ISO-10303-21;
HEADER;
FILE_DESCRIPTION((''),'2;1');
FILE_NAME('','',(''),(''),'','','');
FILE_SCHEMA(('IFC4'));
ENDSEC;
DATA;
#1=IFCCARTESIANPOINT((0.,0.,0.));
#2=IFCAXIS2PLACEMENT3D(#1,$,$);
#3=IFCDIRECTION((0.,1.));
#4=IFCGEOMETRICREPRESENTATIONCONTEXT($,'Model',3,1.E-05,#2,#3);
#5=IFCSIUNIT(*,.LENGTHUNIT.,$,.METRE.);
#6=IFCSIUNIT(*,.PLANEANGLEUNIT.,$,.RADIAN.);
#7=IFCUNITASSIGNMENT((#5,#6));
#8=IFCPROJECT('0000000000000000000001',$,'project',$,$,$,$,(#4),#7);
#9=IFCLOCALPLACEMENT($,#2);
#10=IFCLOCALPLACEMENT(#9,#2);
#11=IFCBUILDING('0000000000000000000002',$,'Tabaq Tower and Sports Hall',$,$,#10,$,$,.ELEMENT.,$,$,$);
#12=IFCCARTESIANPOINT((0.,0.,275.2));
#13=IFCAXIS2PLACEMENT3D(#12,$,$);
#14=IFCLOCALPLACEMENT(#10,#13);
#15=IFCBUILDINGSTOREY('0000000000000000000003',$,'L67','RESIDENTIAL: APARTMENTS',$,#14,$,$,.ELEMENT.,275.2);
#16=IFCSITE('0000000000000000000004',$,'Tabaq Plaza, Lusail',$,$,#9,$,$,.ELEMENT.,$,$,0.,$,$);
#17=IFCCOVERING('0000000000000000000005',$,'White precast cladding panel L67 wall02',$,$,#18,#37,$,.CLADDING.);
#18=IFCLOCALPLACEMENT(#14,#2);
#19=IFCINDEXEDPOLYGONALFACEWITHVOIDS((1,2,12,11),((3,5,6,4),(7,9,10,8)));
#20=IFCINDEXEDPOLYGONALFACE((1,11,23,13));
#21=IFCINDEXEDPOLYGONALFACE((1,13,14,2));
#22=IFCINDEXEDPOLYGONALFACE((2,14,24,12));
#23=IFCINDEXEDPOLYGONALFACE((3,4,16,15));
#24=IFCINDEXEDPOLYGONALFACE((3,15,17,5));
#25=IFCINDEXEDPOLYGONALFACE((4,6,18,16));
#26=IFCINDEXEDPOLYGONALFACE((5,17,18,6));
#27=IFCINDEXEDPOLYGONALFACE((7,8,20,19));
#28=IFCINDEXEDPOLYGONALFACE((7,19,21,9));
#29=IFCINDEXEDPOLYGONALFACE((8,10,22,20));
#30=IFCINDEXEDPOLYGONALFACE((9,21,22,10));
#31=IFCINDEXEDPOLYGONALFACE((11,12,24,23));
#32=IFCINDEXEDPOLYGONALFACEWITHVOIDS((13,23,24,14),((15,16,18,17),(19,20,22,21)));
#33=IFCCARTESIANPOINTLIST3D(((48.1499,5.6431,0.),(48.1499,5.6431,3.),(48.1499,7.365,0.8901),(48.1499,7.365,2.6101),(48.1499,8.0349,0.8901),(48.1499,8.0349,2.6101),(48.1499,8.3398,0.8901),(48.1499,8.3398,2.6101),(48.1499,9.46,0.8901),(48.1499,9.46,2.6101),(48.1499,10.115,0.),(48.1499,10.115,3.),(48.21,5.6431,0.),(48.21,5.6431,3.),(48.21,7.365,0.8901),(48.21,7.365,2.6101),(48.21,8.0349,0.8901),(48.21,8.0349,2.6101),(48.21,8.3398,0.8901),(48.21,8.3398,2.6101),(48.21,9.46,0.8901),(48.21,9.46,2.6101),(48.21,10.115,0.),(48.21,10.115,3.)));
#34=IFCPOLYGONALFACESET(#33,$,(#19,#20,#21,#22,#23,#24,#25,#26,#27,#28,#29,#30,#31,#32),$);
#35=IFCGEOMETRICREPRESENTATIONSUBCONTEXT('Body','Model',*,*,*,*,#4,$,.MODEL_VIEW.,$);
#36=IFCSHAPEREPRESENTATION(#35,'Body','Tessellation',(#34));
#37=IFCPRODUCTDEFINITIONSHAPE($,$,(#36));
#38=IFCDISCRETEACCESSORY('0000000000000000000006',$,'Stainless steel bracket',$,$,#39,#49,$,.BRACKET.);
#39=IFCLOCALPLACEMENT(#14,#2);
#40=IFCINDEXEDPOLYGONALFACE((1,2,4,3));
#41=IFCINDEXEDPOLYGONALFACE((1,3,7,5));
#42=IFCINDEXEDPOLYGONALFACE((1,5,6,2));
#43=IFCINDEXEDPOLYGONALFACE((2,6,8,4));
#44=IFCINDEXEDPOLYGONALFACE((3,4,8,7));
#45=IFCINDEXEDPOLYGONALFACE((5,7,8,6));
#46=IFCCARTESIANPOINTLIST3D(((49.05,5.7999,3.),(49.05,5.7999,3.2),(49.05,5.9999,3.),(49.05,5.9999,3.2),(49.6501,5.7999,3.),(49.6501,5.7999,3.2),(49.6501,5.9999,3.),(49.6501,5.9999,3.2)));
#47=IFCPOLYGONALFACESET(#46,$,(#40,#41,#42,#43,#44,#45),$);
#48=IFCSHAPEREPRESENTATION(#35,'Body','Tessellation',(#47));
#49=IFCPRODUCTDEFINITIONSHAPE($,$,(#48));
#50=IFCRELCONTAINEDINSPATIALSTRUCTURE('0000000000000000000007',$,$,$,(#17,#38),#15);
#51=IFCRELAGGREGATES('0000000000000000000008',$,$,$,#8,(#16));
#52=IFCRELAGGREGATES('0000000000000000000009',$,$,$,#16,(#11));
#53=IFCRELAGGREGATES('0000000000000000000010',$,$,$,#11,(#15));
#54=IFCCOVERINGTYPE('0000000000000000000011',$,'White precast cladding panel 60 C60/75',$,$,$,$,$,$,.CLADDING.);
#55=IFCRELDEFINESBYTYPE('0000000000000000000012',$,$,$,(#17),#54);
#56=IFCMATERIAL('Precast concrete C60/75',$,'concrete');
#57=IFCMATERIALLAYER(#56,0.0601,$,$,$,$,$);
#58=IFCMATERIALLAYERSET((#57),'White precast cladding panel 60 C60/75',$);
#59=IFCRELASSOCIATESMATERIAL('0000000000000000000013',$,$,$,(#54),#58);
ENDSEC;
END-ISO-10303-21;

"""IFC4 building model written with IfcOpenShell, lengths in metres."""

from ifc_helpers import new_model, si_unit, direction, frame, origin, origin_2d, place, context, subcontext, project, spatial, polyline, rectangle, outline, extrude, material, layer, layer_set, type_object, element, save


model = new_model("IFC4")

# Units and contexts
model_context = context("Model", 3, precision=1e-05, world=origin(), true_north=direction((0.0, 1.0)))
body_context = subcontext(model_context, "Body", "Model", "MODEL_VIEW")
ifc_project = project(units=[si_unit("LENGTHUNIT", "METRE"), si_unit("PLANEANGLEUNIT", "RADIAN")], contexts=[model_context])

# Site, building, storey
site_placement = place(None, origin())
site = spatial("IfcSite", under=ifc_project, at=site_placement, Name="Tabaq Plaza, Lusail", CompositionType="ELEMENT", RefElevation=0.0)
building_placement = place(site_placement, origin())
building = spatial("IfcBuilding", under=site, at=building_placement, Name="Tabaq Tower and Sports Hall", CompositionType="ELEMENT")
storey_placement = place(building_placement, frame((0.0, 0.0, 275.2)))
storey = spatial("IfcBuildingStorey", under=building, at=storey_placement, Name="L67", Description="RESIDENTIAL: APARTMENTS", CompositionType="ELEMENT", Elevation=275.2)

# Covering
ifc_material_1 = material(Name="Precast concrete C60/75", Category="concrete")
ifc_layer_1 = layer(ifc_material_1, 0.0601)
ifc_layer_set_1 = layer_set([ifc_layer_1], Name="White precast cladding panel 60 C60/75")
covering_type_1 = type_object("IfcCoveringType", Name="White precast cladding panel 60 C60/75", PredefinedType="CLADDING", material=ifc_layer_set_1)
covering_1_placement = place(storey_placement, frame((48.1799, 5.6431, 0.0), z_axis=(0.0, 0.0, 1.0), x_axis=(0.0, 1.0, 0.0)))
element("IfcCovering", 1, at=covering_1_placement, inside=storey, type_object=covering_type_1, Name="White precast cladding panel L67 wall02", PredefinedType="CLADDING", context=body_context, shape_type="SweptSolid", body=[
    extrude(outline(polyline([(0.0, 0.0), (4.4719, 0.0), (4.4719, 3.0), (0.0, 3.0), (0.0, 0.0)]), holes=[polyline([(1.7219, 2.6101), (2.3918, 2.6101), (2.3918, 0.8901), (1.7219, 0.8901), (1.7219, 2.6101)]), polyline([(2.6968, 2.6101), (3.8169, 2.6101), (3.8169, 0.8901), (2.6968, 0.8901), (2.6968, 2.6101)])]), frame((0.0, 0.03, 0.0), z_axis=(0.0, -1.0, 0.0), x_axis=(1.0, 0.0, 0.0)), (0.0, 0.0, 1.0), 0.0601),
])

# Discrete accessory
discrete_accessory_placement = place(storey_placement, frame((49.3501, 5.8999, 3.0), z_axis=(0.0, 0.0, 1.0), x_axis=(1.0, 0.0, 0.0)))
element("IfcDiscreteAccessory", 2, at=discrete_accessory_placement, inside=storey, Name="Stainless steel bracket", PredefinedType="BRACKET", context=body_context, shape_type="SweptSolid", body=[
    extrude(rectangle(XDim=0.6001, YDim=0.2, at=origin_2d()), origin(), (0.0, 0.0, 1.0), 0.2),
])

save(model, "model.ifc")
